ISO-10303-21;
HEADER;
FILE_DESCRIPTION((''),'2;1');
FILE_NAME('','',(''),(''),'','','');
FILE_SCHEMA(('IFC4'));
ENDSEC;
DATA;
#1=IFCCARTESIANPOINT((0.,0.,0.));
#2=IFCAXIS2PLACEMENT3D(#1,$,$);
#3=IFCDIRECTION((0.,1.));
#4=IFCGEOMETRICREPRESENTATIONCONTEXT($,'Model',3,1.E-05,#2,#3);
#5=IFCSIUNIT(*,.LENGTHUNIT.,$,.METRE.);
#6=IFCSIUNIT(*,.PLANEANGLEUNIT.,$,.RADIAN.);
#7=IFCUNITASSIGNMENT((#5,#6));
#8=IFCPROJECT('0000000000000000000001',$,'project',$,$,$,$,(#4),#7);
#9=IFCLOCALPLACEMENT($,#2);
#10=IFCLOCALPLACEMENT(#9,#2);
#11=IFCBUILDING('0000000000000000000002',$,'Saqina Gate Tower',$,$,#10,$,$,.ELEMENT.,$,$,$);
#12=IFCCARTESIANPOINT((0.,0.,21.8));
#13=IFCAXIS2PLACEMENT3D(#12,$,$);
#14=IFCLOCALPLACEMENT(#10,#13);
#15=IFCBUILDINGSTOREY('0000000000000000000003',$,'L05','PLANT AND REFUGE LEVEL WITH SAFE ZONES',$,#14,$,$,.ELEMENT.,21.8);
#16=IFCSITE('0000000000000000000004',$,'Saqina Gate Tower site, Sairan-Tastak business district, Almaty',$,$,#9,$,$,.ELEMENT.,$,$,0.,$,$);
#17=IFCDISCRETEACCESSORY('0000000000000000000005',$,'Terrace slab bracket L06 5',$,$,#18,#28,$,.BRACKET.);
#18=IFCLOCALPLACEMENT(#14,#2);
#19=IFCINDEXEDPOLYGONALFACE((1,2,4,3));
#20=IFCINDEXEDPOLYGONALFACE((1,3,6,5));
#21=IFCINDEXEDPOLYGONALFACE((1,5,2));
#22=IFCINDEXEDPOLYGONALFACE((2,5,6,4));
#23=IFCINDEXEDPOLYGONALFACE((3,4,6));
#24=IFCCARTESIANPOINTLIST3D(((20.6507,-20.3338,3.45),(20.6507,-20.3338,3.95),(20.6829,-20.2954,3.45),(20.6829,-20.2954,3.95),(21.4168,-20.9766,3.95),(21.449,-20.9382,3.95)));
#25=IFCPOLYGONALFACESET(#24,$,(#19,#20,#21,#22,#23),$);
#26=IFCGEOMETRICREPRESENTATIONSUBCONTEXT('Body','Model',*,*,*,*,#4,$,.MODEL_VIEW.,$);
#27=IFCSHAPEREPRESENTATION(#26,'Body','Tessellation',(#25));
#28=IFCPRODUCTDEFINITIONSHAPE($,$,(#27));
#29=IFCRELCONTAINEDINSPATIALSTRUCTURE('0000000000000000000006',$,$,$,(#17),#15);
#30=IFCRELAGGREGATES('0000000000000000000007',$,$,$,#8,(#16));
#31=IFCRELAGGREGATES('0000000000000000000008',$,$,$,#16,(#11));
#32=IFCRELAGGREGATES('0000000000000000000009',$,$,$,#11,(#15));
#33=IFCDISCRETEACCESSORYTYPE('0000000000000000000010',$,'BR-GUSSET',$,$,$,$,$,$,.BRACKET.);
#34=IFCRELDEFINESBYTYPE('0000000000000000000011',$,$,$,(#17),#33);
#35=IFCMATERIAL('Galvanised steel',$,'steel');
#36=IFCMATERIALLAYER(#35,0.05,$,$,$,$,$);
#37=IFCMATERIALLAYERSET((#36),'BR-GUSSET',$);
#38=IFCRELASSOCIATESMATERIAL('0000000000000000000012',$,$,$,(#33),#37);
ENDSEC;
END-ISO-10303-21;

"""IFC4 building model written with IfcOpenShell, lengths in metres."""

from ifc_helpers import new_model, si_unit, direction, frame, origin, place, context, subcontext, project, spatial, polyline, outline, extrude, material, layer, layer_set, type_object, element, save


model = new_model("IFC4")

# Units and contexts
model_context = context("Model", 3, precision=1e-05, world=origin(), true_north=direction((0.0, 1.0)))
body_context = subcontext(model_context, "Body", "Model", "MODEL_VIEW")
ifc_project = project(units=[si_unit("LENGTHUNIT", "METRE"), si_unit("PLANEANGLEUNIT", "RADIAN")], contexts=[model_context])

# Site, building, storey
site_placement = place(None, origin())
site = spatial("IfcSite", under=ifc_project, at=site_placement, Name="Saqina Gate Tower site, Sairan-Tastak business district, Almaty", CompositionType="ELEMENT", RefElevation=0.0)
building_placement = place(site_placement, origin())
building = spatial("IfcBuilding", under=site, at=building_placement, Name="Saqina Gate Tower", CompositionType="ELEMENT")
storey_placement = place(building_placement, frame((0.0, 0.0, 21.8)))
storey = spatial("IfcBuildingStorey", under=building, at=storey_placement, Name="L05", Description="PLANT AND REFUGE LEVEL WITH SAFE ZONES", CompositionType="ELEMENT", Elevation=21.8)

# Discrete accessory
ifc_material_1 = material(Name="Galvanised steel", Category="steel")
ifc_layer_1 = layer(ifc_material_1, 0.05)
ifc_layer_set_1 = layer_set([ifc_layer_1], Name="BR-GUSSET")
discrete_accessory_type = type_object("IfcDiscreteAccessoryType", Name="BR-GUSSET", PredefinedType="BRACKET", material=ifc_layer_set_1)
for number, where, z_axis, x_axis, name in (
    (1, (20.6829, -20.2954, 3.45), (0.642774, 0.766056, 0.0), (0.0, 0.0, 1.0), "Terrace slab bracket L06 5"),
):
    element("IfcDiscreteAccessory", number, at=place(storey_placement, frame(where, z_axis=z_axis, x_axis=x_axis)), inside=storey, type_object=discrete_accessory_type, Name=name, PredefinedType="BRACKET", context=body_context, shape_type="SweptSolid", body=[
        extrude(outline(polyline([(0.0, 0.0), (0.5, 0.0), (0.5, 1.0001), (0.0, 0.0)])), origin(), (0.0, 0.0, -1.0), 0.05),
    ])

save(model, "model.ifc")
